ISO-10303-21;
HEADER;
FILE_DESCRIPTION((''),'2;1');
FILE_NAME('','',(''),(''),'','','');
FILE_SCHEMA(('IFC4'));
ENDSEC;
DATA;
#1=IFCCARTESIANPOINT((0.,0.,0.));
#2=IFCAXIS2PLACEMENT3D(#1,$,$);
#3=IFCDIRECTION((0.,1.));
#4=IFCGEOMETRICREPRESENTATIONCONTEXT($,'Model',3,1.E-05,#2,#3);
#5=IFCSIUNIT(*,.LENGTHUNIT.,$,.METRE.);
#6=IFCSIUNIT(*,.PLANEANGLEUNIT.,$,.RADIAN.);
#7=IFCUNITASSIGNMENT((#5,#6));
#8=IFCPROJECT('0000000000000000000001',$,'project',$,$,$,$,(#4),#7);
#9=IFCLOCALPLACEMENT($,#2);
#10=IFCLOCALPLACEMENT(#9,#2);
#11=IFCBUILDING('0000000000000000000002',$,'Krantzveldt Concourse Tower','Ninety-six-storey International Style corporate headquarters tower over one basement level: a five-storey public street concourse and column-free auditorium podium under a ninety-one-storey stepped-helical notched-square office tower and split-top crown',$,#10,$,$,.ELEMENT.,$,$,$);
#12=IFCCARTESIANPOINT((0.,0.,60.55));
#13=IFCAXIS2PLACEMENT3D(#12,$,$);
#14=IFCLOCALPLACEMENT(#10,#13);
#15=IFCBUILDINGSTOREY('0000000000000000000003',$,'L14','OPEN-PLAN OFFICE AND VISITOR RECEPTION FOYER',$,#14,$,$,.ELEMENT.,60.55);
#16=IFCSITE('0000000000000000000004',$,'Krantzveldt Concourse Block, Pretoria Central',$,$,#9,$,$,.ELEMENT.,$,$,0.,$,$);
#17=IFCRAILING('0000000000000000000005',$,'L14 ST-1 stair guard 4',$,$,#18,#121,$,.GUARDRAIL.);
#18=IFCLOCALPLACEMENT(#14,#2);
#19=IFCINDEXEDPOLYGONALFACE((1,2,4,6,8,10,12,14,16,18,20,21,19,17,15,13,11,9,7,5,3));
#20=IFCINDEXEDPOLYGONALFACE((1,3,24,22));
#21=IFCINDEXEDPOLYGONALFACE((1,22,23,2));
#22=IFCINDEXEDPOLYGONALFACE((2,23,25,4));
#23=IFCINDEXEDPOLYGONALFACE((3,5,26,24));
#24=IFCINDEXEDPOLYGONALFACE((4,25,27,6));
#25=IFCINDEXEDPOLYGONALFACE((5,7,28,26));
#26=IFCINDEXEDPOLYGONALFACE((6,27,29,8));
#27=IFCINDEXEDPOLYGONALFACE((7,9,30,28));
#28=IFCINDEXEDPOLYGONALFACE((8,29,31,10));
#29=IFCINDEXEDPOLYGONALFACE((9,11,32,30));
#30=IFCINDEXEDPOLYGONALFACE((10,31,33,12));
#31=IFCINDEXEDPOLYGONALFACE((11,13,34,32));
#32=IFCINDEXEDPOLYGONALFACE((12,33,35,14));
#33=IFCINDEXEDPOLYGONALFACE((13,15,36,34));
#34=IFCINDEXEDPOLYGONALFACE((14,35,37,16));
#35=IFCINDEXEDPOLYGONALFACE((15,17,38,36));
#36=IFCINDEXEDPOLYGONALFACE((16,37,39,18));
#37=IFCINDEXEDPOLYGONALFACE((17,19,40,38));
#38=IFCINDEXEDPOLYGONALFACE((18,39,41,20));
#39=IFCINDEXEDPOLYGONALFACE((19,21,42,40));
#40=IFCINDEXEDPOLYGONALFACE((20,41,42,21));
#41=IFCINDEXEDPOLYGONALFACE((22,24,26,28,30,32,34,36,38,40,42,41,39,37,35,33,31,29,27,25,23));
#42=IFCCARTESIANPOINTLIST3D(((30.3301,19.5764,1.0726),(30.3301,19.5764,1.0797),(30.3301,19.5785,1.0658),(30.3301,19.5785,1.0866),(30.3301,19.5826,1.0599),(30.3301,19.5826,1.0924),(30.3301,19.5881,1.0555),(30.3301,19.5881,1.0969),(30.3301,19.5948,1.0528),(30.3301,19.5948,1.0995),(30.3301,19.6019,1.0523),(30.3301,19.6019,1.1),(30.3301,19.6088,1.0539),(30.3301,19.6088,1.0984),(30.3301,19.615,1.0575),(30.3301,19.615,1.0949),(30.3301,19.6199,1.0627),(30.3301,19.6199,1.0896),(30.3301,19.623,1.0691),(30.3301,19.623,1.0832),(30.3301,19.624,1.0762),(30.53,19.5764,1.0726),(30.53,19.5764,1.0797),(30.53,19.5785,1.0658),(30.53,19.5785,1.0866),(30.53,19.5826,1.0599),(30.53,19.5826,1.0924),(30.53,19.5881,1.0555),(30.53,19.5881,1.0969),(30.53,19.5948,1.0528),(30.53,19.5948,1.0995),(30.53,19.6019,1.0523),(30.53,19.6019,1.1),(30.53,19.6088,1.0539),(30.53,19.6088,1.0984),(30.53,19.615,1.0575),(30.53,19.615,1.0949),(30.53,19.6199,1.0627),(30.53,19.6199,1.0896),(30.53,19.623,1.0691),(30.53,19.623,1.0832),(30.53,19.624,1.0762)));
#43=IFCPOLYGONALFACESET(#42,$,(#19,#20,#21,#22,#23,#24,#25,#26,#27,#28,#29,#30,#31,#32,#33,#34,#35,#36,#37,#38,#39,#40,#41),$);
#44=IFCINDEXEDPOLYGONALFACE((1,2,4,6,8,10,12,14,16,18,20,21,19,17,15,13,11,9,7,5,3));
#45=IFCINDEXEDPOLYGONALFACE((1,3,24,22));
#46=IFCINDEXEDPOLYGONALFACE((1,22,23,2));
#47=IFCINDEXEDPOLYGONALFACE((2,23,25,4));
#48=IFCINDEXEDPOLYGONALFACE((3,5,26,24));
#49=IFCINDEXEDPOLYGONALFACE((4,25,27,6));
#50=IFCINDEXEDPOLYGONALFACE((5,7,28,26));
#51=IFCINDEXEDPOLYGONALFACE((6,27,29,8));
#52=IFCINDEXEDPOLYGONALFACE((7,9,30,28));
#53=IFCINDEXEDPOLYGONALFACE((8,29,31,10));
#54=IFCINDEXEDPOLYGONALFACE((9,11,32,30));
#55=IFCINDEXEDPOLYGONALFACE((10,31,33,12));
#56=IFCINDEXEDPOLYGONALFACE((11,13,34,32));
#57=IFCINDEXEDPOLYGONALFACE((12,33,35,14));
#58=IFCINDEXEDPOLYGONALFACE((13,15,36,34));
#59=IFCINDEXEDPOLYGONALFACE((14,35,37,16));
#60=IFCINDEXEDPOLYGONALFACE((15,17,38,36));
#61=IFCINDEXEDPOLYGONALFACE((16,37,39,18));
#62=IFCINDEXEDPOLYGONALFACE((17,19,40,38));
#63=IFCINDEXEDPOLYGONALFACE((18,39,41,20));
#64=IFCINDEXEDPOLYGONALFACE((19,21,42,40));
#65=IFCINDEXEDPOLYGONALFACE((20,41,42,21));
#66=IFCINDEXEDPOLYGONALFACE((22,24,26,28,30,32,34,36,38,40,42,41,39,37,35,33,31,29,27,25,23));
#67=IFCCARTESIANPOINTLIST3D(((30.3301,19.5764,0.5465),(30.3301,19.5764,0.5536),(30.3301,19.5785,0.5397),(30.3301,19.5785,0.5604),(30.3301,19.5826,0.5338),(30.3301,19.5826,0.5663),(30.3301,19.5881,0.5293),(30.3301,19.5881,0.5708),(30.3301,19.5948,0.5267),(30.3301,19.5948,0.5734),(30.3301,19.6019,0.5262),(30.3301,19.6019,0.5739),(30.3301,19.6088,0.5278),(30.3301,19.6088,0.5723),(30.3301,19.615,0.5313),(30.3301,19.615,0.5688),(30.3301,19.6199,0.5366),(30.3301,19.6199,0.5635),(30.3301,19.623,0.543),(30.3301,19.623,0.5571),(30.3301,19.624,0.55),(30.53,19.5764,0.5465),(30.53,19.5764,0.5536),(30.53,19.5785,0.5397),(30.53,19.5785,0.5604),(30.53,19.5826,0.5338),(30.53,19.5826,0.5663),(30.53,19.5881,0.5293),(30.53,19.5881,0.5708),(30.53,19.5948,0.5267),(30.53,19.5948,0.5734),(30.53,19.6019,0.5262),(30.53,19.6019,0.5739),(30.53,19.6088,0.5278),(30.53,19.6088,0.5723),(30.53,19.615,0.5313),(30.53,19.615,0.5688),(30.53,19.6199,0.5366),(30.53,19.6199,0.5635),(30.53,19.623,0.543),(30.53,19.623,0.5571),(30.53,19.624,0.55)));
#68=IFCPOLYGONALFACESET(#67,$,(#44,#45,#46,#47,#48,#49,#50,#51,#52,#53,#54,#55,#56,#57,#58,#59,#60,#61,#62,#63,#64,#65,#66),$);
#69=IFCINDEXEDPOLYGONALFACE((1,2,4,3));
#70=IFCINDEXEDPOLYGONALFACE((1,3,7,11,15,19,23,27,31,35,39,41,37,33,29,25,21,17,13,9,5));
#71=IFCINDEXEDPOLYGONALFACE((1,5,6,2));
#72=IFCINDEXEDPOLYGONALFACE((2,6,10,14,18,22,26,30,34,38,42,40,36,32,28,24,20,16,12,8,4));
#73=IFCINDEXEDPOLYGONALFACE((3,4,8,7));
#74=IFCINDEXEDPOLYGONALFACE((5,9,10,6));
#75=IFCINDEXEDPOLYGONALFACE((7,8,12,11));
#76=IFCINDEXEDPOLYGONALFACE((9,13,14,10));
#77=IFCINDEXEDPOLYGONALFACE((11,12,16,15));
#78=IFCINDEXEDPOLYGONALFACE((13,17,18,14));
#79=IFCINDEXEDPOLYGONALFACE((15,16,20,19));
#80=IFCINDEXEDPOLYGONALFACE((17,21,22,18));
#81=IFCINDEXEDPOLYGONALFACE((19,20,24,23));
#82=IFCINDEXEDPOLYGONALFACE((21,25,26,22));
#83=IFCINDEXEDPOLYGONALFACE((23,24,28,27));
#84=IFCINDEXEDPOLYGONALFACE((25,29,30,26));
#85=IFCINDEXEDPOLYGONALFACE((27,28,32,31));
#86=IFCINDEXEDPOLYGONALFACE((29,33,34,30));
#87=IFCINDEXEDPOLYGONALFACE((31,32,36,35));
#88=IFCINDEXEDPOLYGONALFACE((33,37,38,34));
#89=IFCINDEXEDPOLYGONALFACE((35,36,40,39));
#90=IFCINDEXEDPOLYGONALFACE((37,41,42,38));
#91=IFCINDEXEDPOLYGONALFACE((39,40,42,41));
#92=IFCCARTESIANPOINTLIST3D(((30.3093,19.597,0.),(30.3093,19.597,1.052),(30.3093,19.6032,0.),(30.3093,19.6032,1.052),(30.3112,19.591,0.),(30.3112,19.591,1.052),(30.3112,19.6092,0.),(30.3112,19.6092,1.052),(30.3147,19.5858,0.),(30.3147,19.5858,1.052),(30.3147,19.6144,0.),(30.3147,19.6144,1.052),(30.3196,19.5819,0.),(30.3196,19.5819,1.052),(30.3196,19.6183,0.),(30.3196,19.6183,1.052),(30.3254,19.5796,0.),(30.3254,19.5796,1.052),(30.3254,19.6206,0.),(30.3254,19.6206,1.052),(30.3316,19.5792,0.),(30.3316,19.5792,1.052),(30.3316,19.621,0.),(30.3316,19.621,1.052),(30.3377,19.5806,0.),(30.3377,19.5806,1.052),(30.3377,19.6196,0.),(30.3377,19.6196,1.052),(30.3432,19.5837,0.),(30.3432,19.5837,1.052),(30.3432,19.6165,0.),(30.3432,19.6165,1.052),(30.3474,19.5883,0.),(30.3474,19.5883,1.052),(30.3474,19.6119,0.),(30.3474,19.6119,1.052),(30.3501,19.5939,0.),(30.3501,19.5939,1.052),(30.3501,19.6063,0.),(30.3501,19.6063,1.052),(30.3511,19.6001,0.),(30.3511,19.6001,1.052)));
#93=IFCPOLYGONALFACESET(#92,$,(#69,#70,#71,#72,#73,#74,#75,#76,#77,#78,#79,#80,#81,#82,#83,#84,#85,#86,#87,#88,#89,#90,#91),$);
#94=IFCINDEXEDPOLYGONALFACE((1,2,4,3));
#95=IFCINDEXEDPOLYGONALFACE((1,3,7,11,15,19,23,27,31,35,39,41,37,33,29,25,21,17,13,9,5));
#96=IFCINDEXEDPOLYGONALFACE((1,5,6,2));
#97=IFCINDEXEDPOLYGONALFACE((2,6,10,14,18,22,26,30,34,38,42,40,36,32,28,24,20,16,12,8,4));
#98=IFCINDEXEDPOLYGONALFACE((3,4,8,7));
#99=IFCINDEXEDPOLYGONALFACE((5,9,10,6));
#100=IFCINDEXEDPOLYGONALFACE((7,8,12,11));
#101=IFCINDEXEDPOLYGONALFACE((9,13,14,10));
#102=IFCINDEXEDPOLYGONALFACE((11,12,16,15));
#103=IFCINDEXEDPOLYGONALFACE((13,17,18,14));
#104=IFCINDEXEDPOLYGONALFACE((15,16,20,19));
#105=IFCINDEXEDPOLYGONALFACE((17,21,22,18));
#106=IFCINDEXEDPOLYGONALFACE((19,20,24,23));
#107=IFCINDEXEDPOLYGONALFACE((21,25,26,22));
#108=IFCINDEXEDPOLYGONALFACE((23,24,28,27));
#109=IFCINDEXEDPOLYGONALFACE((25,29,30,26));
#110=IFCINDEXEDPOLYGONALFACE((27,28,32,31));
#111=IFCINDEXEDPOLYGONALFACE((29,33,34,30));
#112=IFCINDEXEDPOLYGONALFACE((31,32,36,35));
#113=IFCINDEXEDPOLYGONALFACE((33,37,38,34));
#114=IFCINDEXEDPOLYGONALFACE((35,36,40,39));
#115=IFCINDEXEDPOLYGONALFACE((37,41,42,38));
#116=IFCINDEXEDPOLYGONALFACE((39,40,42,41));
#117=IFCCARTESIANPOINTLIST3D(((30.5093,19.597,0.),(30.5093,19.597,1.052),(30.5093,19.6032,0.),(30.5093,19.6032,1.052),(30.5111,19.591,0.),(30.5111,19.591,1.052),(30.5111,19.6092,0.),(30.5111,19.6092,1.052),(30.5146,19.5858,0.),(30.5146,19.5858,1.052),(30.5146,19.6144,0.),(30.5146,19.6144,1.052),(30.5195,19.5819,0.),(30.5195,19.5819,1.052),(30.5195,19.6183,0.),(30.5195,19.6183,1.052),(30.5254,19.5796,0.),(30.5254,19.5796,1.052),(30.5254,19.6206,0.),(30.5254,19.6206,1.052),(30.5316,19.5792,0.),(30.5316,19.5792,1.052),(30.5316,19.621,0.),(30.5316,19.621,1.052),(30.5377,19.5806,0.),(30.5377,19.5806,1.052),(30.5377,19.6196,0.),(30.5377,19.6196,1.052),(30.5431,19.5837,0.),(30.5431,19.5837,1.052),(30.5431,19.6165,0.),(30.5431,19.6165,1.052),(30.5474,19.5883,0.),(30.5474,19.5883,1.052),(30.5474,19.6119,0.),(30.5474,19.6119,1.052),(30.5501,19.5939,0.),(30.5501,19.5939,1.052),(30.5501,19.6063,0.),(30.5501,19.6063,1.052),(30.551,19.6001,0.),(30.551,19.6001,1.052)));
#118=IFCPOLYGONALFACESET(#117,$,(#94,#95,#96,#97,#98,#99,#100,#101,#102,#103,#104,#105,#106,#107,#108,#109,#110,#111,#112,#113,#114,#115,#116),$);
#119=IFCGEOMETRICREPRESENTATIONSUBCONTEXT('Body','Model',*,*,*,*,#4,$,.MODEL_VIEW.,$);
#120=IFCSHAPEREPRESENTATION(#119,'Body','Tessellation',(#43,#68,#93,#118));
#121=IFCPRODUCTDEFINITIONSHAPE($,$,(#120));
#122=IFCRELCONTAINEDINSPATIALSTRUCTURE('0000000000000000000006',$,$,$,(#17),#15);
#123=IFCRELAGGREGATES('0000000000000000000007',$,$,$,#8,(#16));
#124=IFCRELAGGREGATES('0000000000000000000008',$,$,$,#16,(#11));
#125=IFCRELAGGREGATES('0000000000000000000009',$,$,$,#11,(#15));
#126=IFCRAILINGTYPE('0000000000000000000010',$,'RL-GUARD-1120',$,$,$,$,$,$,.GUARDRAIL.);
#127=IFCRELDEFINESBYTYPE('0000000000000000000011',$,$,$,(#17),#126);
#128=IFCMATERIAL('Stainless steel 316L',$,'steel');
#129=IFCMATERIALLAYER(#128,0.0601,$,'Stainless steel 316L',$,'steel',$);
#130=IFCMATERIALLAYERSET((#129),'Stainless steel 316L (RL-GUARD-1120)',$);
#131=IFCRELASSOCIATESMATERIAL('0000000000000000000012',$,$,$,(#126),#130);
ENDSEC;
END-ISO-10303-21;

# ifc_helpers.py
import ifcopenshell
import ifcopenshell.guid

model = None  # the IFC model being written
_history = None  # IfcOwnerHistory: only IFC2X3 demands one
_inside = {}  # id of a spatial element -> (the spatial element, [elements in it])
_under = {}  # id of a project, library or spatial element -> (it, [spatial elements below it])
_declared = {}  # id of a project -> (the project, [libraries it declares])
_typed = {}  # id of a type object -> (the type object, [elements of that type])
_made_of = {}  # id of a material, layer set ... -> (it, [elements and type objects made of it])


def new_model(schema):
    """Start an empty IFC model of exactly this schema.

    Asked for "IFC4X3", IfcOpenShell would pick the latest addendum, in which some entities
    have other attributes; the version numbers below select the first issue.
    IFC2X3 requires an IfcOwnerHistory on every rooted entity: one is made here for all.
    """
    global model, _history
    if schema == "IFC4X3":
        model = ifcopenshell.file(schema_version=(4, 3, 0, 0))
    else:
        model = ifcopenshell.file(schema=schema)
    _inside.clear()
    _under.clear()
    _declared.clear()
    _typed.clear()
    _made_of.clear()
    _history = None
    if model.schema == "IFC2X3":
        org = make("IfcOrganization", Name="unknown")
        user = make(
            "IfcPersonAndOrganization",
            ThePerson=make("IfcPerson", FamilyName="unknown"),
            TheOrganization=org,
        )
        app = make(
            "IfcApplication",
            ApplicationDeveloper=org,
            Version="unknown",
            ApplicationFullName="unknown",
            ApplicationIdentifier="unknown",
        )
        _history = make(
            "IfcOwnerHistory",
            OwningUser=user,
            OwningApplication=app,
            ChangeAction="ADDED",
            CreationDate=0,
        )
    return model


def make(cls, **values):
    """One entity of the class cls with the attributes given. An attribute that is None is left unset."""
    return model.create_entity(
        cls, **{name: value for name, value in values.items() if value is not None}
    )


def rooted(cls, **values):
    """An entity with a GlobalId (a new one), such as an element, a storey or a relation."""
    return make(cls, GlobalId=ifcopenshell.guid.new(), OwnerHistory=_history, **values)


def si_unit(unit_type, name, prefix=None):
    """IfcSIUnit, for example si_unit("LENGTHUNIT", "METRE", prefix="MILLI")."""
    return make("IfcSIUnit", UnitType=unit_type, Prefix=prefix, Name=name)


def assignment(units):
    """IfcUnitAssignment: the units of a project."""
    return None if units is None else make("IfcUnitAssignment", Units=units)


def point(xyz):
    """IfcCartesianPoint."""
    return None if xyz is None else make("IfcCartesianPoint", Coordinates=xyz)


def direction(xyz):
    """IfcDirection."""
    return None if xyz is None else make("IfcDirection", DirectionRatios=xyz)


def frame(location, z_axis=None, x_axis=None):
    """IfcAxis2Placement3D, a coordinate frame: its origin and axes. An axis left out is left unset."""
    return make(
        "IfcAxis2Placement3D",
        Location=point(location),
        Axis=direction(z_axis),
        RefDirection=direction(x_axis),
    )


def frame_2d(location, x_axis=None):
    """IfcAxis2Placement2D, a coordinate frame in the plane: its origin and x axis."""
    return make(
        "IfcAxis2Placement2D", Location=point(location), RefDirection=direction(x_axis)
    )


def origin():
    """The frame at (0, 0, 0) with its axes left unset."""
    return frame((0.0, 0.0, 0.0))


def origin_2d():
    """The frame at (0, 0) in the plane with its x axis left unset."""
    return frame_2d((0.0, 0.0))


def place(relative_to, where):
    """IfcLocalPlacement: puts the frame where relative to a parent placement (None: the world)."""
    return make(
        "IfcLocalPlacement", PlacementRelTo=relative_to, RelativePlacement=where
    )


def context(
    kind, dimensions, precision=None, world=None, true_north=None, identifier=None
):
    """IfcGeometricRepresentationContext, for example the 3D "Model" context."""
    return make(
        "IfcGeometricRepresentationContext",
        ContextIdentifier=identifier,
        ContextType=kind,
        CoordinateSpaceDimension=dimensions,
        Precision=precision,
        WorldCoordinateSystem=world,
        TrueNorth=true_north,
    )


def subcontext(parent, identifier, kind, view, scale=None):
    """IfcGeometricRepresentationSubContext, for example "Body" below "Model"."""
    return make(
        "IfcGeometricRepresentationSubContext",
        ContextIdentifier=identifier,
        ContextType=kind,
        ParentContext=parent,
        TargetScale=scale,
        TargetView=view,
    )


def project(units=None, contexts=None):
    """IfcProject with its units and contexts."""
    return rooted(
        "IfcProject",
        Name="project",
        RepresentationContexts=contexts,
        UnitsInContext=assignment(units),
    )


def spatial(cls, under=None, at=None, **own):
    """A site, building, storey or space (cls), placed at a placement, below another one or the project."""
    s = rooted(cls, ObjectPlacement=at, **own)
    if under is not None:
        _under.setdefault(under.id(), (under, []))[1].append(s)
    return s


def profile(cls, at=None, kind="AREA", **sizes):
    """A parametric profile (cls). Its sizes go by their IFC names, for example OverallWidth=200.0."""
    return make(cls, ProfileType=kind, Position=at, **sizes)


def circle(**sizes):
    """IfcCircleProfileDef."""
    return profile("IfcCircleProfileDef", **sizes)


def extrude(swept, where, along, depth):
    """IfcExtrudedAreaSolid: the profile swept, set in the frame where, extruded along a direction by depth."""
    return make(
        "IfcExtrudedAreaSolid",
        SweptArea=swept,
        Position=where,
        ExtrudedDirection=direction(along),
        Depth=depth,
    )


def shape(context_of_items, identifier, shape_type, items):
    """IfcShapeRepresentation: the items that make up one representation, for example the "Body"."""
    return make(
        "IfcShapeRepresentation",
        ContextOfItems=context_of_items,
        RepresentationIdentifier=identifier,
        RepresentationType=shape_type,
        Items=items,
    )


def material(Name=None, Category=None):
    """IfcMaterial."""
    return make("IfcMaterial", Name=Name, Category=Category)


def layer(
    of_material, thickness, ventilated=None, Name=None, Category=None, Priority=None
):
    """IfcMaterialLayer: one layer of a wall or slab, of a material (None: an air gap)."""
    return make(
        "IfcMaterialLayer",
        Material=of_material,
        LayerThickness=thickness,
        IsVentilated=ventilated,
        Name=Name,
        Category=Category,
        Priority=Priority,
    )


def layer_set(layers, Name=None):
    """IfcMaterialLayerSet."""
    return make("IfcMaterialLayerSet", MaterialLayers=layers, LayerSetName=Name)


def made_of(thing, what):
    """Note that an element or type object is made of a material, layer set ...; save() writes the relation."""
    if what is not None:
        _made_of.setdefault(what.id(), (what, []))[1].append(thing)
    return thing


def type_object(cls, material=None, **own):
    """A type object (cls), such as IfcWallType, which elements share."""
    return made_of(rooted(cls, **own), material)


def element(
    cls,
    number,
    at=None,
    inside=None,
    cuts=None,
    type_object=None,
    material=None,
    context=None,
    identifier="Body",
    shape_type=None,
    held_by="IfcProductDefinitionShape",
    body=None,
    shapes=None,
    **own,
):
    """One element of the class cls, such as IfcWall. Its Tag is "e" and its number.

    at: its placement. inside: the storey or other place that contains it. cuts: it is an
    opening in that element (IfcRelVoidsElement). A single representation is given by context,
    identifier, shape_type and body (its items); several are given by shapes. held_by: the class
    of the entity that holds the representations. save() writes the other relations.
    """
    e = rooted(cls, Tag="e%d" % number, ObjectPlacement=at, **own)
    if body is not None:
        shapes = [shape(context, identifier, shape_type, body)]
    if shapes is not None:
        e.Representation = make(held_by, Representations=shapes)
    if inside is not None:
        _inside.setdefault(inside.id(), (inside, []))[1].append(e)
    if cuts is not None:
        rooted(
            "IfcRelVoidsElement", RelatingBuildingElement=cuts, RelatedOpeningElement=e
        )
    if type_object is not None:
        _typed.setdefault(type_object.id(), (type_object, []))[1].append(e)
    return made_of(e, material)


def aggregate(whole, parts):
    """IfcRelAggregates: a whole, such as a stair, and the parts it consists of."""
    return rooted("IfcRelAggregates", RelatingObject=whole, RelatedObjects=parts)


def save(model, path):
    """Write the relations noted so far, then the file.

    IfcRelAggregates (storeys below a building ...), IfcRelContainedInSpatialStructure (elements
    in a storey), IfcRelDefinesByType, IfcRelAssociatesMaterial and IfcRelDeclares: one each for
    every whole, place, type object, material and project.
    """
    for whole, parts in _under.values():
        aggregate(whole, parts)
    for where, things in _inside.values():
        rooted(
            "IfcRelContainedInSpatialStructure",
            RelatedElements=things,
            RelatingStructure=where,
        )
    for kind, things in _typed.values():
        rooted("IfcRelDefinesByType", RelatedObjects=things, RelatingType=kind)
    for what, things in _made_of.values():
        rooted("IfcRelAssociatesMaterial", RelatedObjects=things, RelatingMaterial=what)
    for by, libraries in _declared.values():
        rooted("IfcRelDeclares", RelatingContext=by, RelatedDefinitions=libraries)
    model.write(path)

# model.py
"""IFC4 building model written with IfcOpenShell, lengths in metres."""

from ifc_helpers import new_model, si_unit, direction, frame, origin, origin_2d, place, context, subcontext, project, spatial, circle, extrude, material, layer, layer_set, type_object, element, save


model = new_model("IFC4")

# Units and contexts
model_context = context("Model", 3, precision=1e-05, world=origin(), true_north=direction((0.0, 1.0)))
body_context = subcontext(model_context, "Body", "Model", "MODEL_VIEW")
ifc_project = project(units=[si_unit("LENGTHUNIT", "METRE"), si_unit("PLANEANGLEUNIT", "RADIAN")], contexts=[model_context])

# Site, building, storey
site_placement = place(None, origin())
site = spatial("IfcSite", under=ifc_project, at=site_placement, Name="Krantzveldt Concourse Block, Pretoria Central", CompositionType="ELEMENT", RefElevation=0.0)
building_placement = place(site_placement, origin())
building = spatial("IfcBuilding", under=site, at=building_placement, Name="Krantzveldt Concourse Tower", Description="Ninety-six-storey International Style corporate headquarters tower over one basement level: a five-storey public street concourse and column-free auditorium podium under a ninety-one-storey stepped-helical notched-square office tower and split-top crown", CompositionType="ELEMENT")
storey_placement = place(building_placement, frame((0.0, 0.0, 60.55)))
storey = spatial("IfcBuildingStorey", under=building, at=storey_placement, Name="L14", Description="OPEN-PLAN OFFICE AND VISITOR RECEPTION FOYER", CompositionType="ELEMENT", Elevation=60.55)

# Shared definitions
ifc_material_1 = material(Name="Stainless steel 316L", Category="steel")

# Railing
ifc_layer_1 = layer(ifc_material_1, 0.0601, Name="Stainless steel 316L", Category="steel")
ifc_layer_set_1 = layer_set([ifc_layer_1], Name="Stainless steel 316L (RL-GUARD-1120)")
railing_type_1 = type_object("IfcRailingType", Name="RL-GUARD-1120", PredefinedType="GUARDRAIL", material=ifc_layer_set_1)
railing_1_placement = place(storey_placement, frame((30.3301, 19.6001, 0.0)))
element("IfcRailing", 1, at=railing_1_placement, inside=storey, type_object=railing_type_1, Name="L14 ST-1 stair guard 4", PredefinedType="GUARDRAIL", context=body_context, shape_type="SweptSolid", body=[
    extrude(circle(Radius=0.0239, at=origin_2d()), frame((0.0, 0.0, 1.0762), z_axis=(1.0, 0.0, 0.0), x_axis=(0.0, 1.0, 0.0)), (0.0, 0.0, 1.0), 0.2),
    extrude(circle(Radius=0.0239, at=origin_2d()), frame((0.0, 0.0, 0.55), z_axis=(1.0, 0.0, 0.0), x_axis=(0.0, 1.0, 0.0)), (0.0, 0.0, 1.0), 0.2),
    extrude(circle(Radius=0.021, at=origin_2d()), origin(), (0.0, 0.0, 1.0), 1.052),
    extrude(circle(Radius=0.021, at=origin_2d()), frame((0.2, 0.0, 0.0)), (0.0, 0.0, 1.0), 1.052),
])

save(model, "model.ifc")
